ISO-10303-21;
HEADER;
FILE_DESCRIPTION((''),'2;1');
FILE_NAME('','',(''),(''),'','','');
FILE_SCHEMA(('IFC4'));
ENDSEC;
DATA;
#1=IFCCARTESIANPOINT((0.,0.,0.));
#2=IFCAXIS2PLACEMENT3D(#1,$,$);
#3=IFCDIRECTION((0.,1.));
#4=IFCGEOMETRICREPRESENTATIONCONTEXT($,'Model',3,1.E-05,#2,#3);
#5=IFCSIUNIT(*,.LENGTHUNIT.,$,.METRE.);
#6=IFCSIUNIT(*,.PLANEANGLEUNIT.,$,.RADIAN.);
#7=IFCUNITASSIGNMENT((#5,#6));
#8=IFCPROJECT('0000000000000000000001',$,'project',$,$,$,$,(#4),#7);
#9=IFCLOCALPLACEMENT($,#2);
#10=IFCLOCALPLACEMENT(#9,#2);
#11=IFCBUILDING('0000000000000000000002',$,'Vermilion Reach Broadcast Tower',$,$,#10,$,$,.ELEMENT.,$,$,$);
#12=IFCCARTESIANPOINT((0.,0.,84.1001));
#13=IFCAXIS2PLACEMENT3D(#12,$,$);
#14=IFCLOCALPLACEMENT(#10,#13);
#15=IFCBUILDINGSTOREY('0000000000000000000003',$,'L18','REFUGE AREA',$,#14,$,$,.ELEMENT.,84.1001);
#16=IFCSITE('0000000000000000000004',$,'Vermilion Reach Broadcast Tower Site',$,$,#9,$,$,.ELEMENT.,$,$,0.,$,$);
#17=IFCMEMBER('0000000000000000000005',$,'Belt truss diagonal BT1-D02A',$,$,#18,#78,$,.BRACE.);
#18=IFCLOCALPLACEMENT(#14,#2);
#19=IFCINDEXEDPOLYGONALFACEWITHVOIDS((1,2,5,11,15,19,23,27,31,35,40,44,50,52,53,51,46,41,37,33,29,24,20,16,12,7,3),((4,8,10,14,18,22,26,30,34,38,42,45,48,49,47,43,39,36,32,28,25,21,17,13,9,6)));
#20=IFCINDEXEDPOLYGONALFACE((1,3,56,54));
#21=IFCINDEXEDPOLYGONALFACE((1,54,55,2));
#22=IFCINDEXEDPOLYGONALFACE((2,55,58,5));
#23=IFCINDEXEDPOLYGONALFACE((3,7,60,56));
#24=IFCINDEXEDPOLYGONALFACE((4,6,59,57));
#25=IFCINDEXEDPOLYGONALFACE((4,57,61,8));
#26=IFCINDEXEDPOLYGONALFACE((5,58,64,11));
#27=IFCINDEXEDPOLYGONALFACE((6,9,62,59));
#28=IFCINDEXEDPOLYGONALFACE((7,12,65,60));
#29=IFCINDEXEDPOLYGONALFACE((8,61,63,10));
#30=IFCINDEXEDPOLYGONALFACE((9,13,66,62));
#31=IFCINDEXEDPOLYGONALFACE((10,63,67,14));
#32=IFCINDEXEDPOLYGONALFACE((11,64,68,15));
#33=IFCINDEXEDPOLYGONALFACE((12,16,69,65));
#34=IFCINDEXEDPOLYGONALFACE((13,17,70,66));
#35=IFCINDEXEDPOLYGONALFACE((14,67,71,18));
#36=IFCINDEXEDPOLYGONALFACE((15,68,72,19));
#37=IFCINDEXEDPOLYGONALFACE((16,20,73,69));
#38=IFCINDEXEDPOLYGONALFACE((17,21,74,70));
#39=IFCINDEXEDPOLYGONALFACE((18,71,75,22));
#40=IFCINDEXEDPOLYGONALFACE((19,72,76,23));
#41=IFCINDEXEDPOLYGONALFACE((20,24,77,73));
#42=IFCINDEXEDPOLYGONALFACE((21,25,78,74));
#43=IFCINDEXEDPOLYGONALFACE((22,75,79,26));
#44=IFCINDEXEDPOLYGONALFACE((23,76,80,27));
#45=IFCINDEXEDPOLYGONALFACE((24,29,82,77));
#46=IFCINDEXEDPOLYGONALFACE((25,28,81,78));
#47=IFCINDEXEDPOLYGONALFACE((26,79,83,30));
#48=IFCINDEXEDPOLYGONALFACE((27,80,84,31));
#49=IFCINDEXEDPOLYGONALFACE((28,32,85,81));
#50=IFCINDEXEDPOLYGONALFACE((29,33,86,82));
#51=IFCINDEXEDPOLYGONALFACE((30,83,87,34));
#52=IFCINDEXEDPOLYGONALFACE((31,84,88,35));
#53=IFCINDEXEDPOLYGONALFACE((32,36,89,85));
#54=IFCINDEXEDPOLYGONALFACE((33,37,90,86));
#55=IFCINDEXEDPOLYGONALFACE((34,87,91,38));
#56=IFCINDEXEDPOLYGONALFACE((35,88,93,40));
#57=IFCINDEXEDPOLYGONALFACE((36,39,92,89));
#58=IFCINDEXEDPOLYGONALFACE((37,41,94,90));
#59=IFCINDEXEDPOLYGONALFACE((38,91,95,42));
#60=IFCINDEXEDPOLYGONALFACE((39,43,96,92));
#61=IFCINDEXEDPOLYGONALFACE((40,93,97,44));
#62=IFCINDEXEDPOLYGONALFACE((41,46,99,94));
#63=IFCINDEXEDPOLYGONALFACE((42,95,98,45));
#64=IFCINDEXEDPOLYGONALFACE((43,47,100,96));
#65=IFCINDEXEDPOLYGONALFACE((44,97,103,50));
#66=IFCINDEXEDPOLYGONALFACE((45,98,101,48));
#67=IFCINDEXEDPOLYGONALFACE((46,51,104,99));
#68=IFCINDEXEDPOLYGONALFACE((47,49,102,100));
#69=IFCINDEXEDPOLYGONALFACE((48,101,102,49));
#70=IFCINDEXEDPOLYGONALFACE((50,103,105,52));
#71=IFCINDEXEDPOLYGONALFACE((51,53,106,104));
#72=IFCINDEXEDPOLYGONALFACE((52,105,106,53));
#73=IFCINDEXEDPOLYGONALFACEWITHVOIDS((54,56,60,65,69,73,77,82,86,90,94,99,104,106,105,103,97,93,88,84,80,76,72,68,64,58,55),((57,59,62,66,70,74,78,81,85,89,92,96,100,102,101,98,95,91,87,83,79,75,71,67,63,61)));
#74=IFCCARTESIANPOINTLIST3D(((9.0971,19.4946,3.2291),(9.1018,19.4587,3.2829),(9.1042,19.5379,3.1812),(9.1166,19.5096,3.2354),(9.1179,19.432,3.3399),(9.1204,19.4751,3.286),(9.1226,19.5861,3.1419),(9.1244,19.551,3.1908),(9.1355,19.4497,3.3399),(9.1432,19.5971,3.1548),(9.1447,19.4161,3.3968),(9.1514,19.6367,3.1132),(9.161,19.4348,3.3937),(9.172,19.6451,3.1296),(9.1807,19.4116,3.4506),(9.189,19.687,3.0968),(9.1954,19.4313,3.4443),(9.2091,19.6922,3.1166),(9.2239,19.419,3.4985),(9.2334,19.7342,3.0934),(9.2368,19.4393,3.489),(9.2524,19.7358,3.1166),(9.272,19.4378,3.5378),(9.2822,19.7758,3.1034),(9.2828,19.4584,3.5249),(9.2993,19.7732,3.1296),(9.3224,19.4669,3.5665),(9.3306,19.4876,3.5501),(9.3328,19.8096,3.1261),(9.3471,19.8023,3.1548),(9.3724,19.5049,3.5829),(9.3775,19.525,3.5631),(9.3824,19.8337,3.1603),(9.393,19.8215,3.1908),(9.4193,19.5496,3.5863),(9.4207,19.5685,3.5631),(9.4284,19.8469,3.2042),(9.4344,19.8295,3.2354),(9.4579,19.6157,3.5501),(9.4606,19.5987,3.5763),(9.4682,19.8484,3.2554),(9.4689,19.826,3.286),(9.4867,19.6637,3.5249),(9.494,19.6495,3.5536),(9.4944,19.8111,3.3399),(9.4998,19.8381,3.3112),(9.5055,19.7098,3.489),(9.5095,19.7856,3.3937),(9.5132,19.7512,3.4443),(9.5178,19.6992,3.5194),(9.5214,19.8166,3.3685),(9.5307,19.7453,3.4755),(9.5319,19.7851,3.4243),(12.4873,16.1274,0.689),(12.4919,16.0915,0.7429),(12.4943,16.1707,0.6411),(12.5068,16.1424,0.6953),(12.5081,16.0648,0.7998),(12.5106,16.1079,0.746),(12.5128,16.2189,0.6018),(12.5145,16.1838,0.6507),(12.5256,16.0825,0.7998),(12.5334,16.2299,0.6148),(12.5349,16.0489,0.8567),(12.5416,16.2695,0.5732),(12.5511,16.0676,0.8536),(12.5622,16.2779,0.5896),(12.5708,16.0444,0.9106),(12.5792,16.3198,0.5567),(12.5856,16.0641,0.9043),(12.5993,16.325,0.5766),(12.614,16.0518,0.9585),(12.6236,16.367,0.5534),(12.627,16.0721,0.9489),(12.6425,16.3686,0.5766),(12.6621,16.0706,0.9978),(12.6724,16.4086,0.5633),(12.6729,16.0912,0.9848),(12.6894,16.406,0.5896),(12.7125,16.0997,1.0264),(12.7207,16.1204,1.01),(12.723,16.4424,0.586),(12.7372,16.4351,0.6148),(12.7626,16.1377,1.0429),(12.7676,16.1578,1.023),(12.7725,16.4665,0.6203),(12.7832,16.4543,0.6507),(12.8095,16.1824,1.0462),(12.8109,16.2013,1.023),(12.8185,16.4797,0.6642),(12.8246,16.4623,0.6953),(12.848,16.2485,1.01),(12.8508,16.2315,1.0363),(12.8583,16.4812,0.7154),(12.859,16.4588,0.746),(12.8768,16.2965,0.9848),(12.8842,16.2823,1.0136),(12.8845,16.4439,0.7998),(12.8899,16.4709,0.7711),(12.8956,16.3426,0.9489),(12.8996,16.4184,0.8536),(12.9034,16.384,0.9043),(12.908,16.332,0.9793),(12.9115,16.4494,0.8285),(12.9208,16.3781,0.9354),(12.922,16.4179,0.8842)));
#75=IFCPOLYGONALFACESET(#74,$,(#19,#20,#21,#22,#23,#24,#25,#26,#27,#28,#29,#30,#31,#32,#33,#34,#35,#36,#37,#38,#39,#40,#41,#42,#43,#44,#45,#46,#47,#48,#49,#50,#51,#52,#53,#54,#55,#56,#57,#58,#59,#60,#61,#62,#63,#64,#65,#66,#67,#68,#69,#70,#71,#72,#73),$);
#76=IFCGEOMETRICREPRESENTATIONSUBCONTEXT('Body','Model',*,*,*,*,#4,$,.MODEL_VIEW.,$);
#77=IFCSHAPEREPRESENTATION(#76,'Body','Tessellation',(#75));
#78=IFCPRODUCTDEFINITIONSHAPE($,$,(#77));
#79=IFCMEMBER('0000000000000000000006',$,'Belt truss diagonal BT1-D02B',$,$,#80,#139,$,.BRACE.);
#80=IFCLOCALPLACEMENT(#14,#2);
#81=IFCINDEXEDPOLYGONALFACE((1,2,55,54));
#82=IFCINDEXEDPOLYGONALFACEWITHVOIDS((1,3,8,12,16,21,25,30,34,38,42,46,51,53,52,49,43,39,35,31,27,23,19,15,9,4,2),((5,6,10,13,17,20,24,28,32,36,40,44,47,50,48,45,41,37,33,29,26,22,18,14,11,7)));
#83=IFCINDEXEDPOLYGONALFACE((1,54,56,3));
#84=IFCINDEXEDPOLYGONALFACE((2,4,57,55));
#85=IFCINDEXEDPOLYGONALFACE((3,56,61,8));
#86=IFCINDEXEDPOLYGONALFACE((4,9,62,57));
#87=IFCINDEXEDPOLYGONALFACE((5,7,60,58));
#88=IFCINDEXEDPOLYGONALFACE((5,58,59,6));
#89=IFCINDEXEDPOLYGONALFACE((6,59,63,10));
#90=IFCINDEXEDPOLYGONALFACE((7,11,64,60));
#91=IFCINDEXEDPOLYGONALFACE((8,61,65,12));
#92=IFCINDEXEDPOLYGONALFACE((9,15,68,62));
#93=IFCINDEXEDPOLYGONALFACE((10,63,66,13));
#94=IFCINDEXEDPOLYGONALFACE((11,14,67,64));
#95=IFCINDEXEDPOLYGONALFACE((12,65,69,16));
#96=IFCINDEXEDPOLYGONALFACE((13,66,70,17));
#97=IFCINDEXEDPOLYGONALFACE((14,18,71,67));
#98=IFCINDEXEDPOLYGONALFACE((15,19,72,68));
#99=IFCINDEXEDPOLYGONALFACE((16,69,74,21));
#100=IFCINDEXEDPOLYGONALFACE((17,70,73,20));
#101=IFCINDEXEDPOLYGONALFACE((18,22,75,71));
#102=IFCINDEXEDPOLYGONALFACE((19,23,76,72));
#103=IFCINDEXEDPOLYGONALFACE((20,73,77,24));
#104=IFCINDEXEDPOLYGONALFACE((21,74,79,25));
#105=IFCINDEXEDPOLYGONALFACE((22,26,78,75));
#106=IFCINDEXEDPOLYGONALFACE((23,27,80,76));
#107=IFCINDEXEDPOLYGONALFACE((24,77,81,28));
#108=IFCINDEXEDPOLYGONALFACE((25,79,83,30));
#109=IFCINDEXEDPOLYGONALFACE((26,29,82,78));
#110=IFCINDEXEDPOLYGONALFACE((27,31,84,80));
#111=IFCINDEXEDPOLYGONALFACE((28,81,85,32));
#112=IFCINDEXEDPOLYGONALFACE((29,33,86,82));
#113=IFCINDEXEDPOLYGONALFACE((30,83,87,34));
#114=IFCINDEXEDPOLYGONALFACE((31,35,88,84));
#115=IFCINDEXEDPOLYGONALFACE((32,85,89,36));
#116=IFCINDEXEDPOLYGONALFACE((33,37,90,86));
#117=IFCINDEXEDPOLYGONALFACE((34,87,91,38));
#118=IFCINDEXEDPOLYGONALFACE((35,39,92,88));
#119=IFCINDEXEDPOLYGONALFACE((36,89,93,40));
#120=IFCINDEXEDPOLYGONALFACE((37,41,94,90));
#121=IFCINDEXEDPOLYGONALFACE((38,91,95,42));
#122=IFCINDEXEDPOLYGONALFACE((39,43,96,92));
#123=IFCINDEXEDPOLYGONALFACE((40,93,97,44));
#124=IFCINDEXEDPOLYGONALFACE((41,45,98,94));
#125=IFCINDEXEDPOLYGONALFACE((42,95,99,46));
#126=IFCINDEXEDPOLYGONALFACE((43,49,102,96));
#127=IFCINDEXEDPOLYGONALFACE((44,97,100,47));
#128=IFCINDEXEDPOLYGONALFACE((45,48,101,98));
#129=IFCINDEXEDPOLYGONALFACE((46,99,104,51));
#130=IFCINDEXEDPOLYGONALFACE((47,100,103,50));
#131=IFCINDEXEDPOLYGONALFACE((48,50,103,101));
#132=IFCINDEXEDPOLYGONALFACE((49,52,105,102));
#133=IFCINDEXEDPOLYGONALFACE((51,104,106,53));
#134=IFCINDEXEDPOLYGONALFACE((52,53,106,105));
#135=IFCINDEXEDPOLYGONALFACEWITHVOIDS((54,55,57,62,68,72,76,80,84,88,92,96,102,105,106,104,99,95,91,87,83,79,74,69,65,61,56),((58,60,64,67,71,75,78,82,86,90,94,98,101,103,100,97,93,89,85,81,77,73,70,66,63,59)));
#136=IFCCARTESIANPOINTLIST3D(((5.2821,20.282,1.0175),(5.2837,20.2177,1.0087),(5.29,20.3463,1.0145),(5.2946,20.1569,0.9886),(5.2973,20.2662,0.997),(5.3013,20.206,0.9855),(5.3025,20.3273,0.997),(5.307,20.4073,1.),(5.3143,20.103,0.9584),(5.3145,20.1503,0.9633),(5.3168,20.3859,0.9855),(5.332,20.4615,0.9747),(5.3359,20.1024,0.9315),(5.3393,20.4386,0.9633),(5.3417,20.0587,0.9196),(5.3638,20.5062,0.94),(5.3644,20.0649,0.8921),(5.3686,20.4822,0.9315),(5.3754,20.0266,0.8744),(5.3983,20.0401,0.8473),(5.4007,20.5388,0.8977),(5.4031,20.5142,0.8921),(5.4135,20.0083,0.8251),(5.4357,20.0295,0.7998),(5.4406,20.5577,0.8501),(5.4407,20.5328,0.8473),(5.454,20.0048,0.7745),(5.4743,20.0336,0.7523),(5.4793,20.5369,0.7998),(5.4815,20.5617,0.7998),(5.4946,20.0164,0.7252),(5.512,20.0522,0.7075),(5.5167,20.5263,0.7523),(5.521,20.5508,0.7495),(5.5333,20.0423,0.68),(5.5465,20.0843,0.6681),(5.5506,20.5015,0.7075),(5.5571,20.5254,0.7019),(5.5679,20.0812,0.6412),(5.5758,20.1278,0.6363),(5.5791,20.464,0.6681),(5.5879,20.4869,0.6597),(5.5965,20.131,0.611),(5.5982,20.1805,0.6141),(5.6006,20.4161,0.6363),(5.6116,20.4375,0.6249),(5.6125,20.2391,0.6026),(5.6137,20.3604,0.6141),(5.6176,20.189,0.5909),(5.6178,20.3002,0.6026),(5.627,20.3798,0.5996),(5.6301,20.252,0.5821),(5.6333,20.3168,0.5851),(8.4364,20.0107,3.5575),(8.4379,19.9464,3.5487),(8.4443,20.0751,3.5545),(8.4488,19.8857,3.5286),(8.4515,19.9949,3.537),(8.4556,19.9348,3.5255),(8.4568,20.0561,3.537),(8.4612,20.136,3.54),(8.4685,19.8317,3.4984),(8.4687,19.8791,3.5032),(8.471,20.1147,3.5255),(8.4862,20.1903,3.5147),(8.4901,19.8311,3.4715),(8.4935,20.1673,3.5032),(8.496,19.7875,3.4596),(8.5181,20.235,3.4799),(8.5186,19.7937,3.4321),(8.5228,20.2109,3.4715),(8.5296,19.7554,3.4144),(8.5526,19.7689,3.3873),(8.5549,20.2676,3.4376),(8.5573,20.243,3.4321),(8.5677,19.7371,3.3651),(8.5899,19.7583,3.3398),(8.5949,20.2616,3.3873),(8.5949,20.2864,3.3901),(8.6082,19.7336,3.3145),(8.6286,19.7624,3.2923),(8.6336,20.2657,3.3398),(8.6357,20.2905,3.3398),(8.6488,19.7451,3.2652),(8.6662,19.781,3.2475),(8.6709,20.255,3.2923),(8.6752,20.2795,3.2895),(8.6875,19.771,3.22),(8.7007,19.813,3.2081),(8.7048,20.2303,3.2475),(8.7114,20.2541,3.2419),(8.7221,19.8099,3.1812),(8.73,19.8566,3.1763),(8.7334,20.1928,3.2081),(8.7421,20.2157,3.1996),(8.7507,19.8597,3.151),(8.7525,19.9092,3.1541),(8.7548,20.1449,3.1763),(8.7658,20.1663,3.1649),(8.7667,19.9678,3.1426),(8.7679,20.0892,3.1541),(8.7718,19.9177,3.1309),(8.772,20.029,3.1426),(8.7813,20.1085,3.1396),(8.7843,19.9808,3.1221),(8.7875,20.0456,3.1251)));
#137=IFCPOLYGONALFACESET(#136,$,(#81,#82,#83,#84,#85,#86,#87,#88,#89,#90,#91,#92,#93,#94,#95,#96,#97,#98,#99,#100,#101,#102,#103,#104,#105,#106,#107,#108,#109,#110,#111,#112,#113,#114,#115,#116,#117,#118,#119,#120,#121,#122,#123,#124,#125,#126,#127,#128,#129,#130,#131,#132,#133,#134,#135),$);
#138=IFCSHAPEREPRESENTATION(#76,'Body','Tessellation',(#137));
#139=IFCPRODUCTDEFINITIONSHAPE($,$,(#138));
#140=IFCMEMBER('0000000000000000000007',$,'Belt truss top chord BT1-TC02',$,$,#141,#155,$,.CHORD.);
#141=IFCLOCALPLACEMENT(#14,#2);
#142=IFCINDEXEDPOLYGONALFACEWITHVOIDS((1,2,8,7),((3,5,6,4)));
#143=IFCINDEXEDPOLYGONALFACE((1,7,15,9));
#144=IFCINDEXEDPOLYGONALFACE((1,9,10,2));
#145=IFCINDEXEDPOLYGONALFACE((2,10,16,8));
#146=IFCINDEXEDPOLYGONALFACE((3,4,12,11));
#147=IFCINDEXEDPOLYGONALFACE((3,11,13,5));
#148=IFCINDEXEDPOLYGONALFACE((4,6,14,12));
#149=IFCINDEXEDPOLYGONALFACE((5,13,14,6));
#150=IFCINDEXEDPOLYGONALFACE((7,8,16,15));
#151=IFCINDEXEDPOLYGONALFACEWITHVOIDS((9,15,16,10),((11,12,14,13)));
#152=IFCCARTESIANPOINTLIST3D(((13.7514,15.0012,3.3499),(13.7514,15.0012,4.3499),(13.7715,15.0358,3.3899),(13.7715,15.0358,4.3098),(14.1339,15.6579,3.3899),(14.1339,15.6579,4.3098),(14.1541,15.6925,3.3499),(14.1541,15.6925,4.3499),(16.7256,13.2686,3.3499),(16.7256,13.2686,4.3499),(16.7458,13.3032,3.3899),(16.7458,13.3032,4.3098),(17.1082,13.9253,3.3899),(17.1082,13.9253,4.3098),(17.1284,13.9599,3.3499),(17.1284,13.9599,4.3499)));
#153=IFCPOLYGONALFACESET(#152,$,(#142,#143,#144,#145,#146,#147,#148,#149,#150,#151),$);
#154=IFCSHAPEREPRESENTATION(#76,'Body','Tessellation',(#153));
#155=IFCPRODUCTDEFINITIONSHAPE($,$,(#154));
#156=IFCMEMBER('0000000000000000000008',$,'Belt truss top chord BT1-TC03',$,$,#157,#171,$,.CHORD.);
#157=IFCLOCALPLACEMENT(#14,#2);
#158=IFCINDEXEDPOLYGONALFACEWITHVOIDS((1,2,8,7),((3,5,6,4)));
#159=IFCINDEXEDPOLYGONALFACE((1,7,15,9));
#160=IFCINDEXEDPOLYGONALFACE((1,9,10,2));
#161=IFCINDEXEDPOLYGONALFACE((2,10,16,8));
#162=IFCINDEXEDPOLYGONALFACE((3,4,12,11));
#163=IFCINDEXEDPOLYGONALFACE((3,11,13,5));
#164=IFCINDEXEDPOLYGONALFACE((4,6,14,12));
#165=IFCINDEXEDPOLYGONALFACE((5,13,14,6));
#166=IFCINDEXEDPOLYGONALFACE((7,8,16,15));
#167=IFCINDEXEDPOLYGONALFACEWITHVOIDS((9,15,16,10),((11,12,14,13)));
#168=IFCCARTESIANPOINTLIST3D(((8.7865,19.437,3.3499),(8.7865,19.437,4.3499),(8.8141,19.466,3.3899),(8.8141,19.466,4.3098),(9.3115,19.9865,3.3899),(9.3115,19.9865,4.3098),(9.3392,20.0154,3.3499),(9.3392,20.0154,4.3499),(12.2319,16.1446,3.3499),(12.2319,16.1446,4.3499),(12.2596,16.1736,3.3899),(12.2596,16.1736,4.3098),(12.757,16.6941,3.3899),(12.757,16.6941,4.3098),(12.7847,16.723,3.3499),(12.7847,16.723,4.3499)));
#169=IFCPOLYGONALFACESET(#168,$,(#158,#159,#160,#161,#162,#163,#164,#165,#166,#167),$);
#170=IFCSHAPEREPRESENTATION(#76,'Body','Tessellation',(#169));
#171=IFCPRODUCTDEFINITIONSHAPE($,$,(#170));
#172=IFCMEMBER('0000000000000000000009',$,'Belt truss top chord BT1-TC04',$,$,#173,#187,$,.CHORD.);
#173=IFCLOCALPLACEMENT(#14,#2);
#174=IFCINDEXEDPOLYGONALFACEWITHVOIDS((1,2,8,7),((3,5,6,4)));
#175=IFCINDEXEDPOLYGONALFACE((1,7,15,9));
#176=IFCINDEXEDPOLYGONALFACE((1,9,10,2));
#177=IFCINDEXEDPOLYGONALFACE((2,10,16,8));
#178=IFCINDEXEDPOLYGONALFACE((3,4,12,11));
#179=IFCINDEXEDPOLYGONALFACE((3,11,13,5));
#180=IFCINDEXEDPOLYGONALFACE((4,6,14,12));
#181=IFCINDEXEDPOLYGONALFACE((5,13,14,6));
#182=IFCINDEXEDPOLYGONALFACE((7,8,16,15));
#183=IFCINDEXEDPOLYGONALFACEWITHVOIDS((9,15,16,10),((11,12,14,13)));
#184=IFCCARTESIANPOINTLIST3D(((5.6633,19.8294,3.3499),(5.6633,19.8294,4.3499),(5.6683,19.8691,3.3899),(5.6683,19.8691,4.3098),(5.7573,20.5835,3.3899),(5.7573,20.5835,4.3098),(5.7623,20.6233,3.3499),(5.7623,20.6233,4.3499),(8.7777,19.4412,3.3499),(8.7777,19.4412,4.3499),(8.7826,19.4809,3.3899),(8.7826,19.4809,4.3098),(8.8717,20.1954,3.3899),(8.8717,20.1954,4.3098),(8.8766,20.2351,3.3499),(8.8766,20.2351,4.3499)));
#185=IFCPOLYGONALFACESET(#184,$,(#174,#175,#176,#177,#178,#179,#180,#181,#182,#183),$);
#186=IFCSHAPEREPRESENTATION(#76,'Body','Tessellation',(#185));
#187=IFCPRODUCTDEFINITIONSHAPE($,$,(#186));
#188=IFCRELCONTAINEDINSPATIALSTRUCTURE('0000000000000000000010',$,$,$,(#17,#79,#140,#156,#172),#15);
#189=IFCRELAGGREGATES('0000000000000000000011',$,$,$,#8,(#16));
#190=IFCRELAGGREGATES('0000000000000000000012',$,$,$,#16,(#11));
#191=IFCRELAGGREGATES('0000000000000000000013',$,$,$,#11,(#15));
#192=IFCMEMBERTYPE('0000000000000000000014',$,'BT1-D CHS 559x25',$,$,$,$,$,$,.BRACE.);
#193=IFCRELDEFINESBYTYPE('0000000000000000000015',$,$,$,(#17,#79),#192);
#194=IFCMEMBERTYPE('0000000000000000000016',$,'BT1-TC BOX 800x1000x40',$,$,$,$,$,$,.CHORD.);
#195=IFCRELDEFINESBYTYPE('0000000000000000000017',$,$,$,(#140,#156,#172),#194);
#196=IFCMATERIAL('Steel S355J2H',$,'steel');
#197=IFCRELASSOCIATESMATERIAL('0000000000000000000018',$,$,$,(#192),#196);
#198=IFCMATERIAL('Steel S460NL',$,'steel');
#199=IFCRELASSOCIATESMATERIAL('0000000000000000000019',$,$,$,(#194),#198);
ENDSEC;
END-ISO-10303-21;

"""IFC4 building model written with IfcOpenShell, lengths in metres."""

from ifc_helpers import new_model, si_unit, direction, frame, origin, origin_2d, place, context, subcontext, project, spatial, hollow_rectangle, hollow_circle, extrude, material, material_profile, profile_set, type_object, element, save


model = new_model("IFC4")

# Units and contexts
model_context = context("Model", 3, precision=1e-05, world=origin(), true_north=direction((0.0, 1.0)))
body_context = subcontext(model_context, "Body", "Model", "MODEL_VIEW")
ifc_project = project(units=[si_unit("LENGTHUNIT", "METRE"), si_unit("PLANEANGLEUNIT", "RADIAN")], contexts=[model_context])

# Site, building, storey
site_placement = place(None, origin())
site = spatial("IfcSite", under=ifc_project, at=site_placement, Name="Vermilion Reach Broadcast Tower Site", CompositionType="ELEMENT", RefElevation=0.0)
building_placement = place(site_placement, origin())
building = spatial("IfcBuilding", under=site, at=building_placement, Name="Vermilion Reach Broadcast Tower", CompositionType="ELEMENT")
storey_placement = place(building_placement, frame((0.0, 0.0, 84.1001)))
storey = spatial("IfcBuildingStorey", under=building, at=storey_placement, Name="L18", Description="REFUGE AREA", CompositionType="ELEMENT", Elevation=84.1001)

# Members
ifc_material_1 = material(Name="Steel S355J2H", Category="steel")
ifc_material_profile_1 = material_profile(ifc_material_1, hollow_circle(Radius=0.2795, WallThickness=0.0249, at=origin_2d()), Name="S355J2H CHS 559x25")
ifc_profile_set_1 = profile_set([ifc_material_profile_1], Name="Steel S355J2H")
member_type_1 = type_object("IfcMemberType", Name="BT1-D CHS 559x25", PredefinedType="BRACE", material=ifc_profile_set_1)
member_1_placement = place(storey_placement, frame((12.7051, 16.2632, 0.7998), z_axis=(-0.626486, 0.622245, 0.46939), x_axis=(-0.704701, -0.709504, 0.0)))
element("IfcMember", 1, at=member_1_placement, inside=storey, type_object=member_type_1, Name="Belt truss diagonal BT1-D02A", PredefinedType="BRACE", context=body_context, shape_type="SweptSolid", body=[
    extrude(hollow_circle(Radius=0.2795, WallThickness=0.0249, at=origin_2d()), origin(), (0.0, 0.0, 1.0), 5.4114),
])
member_2_placement = place(storey_placement, frame((5.4575, 20.2832, 0.7998), z_axis=(0.777124, -0.066825, 0.625789), x_axis=(0.085675, 0.996323, 0.0)))
element("IfcMember", 2, at=member_2_placement, inside=storey, type_object=member_type_1, Name="Belt truss diagonal BT1-D02B", PredefinedType="BRACE", context=body_context, shape_type="SweptSolid", body=[
    extrude(hollow_circle(Radius=0.2795, WallThickness=0.0249, at=origin_2d()), origin(), (0.0, 0.0, 1.0), 4.0588),
])
ifc_material_2 = material(Name="Steel S460NL", Category="steel")
ifc_material_profile_2 = material_profile(ifc_material_2, hollow_rectangle(XDim=0.8, YDim=1.0, WallThickness=0.04, at=origin_2d()), Name="S460NL BOX 800x1000x40")
ifc_profile_set_2 = profile_set([ifc_material_profile_2], Name="Steel S460NL")
member_type_2 = type_object("IfcMemberType", Name="BT1-TC BOX 800x1000x40", PredefinedType="CHORD", material=ifc_profile_set_2)
member_3_placement = place(storey_placement, frame((16.927, 13.6143, 3.8499), z_axis=(-0.86408, 0.503355, 0.0), x_axis=(-0.503355, -0.86408, 0.0)))
element("IfcMember", 3, at=member_3_placement, inside=storey, type_object=member_type_2, Name="Belt truss top chord BT1-TC02", PredefinedType="CHORD", context=body_context, shape_type="SweptSolid", body=[
    extrude(hollow_rectangle(XDim=0.8, YDim=1.0, WallThickness=0.04, at=origin_2d()), origin(), (0.0, 0.0, 1.0), 3.4421),
])
member_4_placement = place(storey_placement, frame((12.5083, 16.4338, 3.8499), z_axis=(-0.722984, 0.690864, 0.0), x_axis=(-0.690864, -0.722984, 0.0)))
element("IfcMember", 4, at=member_4_placement, inside=storey, type_object=member_type_2, Name="Belt truss top chord BT1-TC03", PredefinedType="CHORD", context=body_context, shape_type="SweptSolid", body=[
    extrude(hollow_rectangle(XDim=0.8, YDim=1.0, WallThickness=0.04, at=origin_2d()), origin(), (0.0, 0.0, 1.0), 4.7656),
])
member_5_placement = place(storey_placement, frame((8.8271, 19.8381, 3.8499), z_axis=(-0.992321, 0.12369, 0.0), x_axis=(-0.12369, -0.992321, 0.0)))
element("IfcMember", 5, at=member_5_placement, inside=storey, type_object=member_type_2, Name="Belt truss top chord BT1-TC04", PredefinedType="CHORD", context=body_context, shape_type="SweptSolid", body=[
    extrude(hollow_rectangle(XDim=0.8, YDim=1.0, WallThickness=0.04, at=origin_2d()), origin(), (0.0, 0.0, 1.0), 3.1384),
])

save(model, "model.ifc")
